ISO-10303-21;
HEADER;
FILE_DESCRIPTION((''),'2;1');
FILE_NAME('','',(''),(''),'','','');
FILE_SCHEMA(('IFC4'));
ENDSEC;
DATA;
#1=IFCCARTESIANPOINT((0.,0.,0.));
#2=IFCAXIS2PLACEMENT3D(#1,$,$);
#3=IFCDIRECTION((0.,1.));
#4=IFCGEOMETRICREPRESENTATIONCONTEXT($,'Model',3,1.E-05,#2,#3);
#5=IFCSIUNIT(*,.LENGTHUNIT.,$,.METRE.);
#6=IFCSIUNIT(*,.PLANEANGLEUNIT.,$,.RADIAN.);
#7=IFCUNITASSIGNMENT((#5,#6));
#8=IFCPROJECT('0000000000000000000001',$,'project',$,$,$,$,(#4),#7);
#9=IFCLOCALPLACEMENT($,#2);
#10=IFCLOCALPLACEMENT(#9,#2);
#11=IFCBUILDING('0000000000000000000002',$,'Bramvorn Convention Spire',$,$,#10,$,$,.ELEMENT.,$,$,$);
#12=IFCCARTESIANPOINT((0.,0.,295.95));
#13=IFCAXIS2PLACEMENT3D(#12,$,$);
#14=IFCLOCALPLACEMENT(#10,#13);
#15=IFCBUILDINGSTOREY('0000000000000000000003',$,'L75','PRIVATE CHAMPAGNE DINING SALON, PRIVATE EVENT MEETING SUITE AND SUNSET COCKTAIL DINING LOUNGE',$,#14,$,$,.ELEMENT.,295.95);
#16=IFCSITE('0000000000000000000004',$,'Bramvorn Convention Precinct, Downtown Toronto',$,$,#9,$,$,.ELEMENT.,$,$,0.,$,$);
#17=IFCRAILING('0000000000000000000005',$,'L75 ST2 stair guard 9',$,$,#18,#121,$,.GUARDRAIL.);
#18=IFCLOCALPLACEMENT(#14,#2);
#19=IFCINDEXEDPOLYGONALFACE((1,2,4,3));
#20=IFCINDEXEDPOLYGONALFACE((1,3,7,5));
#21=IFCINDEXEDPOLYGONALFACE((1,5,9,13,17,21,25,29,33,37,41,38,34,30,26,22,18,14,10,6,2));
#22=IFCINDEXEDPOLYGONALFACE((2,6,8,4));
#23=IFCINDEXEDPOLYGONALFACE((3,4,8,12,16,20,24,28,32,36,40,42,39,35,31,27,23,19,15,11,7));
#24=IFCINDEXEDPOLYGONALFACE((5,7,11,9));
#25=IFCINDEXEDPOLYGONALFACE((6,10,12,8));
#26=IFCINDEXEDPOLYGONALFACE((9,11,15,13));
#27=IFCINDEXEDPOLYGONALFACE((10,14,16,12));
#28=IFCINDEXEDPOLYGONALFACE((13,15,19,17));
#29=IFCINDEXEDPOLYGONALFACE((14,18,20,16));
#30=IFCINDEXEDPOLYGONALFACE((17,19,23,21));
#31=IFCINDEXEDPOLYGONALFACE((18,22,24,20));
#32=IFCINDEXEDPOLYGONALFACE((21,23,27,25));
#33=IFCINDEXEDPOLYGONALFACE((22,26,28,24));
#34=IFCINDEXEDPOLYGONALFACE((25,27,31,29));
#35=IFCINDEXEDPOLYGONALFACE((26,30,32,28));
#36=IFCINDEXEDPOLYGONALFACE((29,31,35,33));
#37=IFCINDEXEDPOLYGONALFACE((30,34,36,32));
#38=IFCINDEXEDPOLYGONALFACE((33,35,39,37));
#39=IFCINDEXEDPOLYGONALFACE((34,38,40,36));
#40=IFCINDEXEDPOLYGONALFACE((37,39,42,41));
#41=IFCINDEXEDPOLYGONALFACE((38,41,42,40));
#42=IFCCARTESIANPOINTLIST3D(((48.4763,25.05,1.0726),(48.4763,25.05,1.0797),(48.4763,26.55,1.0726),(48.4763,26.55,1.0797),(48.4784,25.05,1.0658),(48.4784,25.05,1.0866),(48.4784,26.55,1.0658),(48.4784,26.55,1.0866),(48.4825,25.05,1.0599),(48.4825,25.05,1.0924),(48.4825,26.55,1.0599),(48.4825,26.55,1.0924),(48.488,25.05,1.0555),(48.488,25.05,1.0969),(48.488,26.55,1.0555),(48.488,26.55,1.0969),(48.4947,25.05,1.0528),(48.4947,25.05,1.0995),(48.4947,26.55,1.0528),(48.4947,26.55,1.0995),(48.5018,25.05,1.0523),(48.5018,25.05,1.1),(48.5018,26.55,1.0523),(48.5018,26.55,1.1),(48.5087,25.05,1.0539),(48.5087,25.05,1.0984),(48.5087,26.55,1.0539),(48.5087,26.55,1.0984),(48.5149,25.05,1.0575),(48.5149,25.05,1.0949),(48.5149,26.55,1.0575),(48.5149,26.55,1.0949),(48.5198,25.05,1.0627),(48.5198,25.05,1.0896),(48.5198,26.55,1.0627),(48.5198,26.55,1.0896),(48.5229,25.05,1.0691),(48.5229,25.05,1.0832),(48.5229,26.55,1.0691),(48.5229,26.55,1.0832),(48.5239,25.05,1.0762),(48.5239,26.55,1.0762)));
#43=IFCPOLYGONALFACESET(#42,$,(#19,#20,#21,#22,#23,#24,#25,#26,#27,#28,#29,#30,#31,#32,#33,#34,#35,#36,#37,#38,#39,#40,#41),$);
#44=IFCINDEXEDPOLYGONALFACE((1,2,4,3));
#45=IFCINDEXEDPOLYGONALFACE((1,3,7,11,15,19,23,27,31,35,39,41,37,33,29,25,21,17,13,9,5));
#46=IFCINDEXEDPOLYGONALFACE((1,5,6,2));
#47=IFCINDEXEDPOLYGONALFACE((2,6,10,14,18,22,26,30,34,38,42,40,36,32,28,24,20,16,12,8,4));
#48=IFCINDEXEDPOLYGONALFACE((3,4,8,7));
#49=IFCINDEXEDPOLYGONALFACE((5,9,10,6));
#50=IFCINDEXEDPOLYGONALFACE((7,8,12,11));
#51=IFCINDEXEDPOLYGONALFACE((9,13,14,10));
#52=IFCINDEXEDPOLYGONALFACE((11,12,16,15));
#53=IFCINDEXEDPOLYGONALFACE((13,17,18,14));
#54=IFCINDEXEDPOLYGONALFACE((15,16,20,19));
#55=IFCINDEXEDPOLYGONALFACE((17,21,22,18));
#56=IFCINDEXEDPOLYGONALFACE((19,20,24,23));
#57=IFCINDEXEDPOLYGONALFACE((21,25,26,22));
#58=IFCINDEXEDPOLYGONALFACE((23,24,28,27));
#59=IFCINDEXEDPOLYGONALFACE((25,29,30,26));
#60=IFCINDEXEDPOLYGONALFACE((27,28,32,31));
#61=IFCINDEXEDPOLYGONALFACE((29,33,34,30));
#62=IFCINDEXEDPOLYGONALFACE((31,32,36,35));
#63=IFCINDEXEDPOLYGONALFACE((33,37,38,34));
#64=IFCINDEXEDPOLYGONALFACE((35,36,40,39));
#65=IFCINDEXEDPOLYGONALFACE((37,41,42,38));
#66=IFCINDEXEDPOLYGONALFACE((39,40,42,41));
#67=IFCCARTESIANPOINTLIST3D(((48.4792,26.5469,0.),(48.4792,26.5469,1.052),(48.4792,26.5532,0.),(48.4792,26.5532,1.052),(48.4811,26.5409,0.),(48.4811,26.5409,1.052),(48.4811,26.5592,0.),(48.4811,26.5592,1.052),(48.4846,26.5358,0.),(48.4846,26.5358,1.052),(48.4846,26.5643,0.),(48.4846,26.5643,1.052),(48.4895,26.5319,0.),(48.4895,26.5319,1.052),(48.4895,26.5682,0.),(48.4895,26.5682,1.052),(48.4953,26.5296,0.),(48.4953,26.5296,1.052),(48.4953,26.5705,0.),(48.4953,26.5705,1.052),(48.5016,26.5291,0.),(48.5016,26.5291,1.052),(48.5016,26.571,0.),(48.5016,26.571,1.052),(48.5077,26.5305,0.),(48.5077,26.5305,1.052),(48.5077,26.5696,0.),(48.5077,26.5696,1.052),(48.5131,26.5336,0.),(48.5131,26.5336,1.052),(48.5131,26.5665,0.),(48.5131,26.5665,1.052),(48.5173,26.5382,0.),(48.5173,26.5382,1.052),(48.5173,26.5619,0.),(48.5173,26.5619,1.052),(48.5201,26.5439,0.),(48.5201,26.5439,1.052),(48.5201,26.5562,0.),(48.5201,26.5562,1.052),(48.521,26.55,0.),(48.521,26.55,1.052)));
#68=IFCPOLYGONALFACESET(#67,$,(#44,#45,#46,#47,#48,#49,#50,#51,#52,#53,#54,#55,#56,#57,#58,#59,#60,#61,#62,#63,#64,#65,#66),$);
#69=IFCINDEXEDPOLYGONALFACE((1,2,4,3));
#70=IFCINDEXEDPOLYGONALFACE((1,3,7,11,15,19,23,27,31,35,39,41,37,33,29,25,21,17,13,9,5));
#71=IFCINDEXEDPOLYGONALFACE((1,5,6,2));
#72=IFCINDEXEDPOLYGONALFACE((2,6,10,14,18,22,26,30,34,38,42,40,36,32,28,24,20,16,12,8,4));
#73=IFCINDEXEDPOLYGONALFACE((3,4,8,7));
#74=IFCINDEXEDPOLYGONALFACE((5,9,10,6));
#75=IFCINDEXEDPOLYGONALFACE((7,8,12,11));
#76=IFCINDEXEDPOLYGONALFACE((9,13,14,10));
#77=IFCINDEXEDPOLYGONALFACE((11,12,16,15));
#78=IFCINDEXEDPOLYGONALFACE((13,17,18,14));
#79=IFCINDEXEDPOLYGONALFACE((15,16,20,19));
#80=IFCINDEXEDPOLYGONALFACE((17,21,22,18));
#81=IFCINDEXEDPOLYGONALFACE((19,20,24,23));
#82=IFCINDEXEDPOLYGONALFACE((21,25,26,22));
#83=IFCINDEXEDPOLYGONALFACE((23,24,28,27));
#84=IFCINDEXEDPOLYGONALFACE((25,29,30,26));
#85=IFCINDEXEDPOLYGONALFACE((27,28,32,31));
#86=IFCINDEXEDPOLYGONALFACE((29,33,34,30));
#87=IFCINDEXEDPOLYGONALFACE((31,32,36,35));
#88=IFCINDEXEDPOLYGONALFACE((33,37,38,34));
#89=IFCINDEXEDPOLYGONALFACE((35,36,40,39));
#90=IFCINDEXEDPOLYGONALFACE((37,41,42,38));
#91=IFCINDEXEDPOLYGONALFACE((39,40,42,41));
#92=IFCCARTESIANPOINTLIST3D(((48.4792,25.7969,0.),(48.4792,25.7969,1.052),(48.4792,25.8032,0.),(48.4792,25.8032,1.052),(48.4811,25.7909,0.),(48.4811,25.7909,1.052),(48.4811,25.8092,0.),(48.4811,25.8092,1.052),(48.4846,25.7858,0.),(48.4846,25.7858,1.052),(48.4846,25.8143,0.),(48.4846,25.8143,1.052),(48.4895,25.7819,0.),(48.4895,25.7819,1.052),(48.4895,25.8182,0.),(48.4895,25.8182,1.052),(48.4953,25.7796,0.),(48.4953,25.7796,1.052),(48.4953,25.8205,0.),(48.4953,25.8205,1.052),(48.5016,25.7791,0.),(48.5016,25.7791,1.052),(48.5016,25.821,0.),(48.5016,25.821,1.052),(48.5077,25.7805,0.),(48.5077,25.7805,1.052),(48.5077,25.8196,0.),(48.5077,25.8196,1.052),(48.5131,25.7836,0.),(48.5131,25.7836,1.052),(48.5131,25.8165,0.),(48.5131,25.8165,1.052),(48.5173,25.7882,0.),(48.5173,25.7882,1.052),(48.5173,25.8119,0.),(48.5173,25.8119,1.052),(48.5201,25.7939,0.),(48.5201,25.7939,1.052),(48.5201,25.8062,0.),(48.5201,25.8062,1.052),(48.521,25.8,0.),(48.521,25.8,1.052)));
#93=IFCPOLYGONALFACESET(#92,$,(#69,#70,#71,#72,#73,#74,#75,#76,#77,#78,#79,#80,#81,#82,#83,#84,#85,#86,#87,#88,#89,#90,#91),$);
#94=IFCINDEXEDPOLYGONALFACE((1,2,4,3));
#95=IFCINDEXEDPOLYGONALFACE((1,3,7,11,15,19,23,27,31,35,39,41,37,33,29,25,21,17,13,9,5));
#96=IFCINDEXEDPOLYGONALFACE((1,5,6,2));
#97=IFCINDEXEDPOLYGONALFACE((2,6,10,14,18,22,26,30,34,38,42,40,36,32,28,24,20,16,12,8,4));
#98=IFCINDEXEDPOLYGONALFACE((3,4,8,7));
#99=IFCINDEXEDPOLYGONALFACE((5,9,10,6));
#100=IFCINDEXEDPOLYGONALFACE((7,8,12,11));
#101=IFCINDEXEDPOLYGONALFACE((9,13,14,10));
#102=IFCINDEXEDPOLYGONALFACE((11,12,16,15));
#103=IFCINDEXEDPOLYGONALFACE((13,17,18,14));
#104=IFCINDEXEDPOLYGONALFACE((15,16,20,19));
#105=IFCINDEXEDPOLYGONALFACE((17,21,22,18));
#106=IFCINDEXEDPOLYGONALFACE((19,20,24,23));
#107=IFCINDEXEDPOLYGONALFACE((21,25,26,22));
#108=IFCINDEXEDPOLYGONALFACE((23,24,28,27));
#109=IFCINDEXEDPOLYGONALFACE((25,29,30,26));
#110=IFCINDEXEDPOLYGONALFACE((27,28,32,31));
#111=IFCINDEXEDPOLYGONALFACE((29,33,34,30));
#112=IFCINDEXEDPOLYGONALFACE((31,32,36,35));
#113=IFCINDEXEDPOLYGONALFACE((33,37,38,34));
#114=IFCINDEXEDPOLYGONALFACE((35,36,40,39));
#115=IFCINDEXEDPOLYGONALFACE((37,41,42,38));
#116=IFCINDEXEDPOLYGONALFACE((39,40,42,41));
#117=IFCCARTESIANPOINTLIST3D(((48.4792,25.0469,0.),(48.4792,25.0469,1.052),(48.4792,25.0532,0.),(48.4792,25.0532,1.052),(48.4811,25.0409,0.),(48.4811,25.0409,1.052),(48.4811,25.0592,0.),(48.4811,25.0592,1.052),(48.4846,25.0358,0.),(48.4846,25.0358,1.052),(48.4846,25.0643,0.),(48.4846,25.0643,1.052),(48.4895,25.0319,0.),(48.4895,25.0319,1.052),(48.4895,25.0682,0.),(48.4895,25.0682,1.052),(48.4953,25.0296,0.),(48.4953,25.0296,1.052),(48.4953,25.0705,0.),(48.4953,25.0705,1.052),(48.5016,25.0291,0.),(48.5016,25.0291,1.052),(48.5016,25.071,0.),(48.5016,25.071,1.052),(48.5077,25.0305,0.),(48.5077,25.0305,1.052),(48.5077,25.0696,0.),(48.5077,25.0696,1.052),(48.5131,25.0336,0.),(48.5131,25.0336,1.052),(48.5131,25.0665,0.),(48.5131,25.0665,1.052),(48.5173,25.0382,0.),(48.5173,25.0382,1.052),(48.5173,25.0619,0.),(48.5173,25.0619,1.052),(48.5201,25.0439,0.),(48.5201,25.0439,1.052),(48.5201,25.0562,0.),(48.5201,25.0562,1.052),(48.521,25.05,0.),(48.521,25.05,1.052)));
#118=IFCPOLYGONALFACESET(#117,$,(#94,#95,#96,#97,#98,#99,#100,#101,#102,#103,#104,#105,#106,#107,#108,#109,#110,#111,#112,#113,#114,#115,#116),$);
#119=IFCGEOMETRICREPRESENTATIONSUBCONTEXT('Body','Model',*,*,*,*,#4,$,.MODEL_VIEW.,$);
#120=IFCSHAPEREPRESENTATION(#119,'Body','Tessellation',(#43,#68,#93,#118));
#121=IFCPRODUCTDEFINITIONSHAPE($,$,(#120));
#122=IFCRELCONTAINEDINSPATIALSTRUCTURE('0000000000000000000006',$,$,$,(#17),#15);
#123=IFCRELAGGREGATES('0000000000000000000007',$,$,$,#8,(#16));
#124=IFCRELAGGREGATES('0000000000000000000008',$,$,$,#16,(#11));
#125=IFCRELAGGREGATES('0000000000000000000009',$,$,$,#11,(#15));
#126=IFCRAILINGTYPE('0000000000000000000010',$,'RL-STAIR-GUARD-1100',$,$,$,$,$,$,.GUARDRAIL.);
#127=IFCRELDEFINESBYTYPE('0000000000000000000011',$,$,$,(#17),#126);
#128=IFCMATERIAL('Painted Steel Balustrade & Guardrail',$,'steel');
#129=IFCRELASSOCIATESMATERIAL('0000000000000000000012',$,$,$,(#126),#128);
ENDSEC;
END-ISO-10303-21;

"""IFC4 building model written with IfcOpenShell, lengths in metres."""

from ifc_helpers import new_model, si_unit, direction, frame, origin, origin_2d, place, context, subcontext, project, spatial, circle, extrude, material, type_object, element, save


model = new_model("IFC4")

# Units and contexts
model_context = context("Model", 3, precision=1e-05, world=origin(), true_north=direction((0.0, 1.0)))
body_context = subcontext(model_context, "Body", "Model", "MODEL_VIEW")
ifc_project = project(units=[si_unit("LENGTHUNIT", "METRE"), si_unit("PLANEANGLEUNIT", "RADIAN")], contexts=[model_context])

# Site, building, storey
site_placement = place(None, origin())
site = spatial("IfcSite", under=ifc_project, at=site_placement, Name="Bramvorn Convention Precinct, Downtown Toronto", CompositionType="ELEMENT", RefElevation=0.0)
building_placement = place(site_placement, origin())
building = spatial("IfcBuilding", under=site, at=building_placement, Name="Bramvorn Convention Spire", CompositionType="ELEMENT")
storey_placement = place(building_placement, frame((0.0, 0.0, 295.95)))
storey = spatial("IfcBuildingStorey", under=building, at=storey_placement, Name="L75", Description="PRIVATE CHAMPAGNE DINING SALON, PRIVATE EVENT MEETING SUITE AND SUNSET COCKTAIL DINING LOUNGE", CompositionType="ELEMENT", Elevation=295.95)

# Railing
ifc_material_1 = material(Name="Painted Steel Balustrade & Guardrail", Category="steel")
railing_type_1 = type_object("IfcRailingType", Name="RL-STAIR-GUARD-1100", PredefinedType="GUARDRAIL", material=ifc_material_1)
for number, where, name in (
    (1, (48.5, 26.55, 0.0), "L75 ST2 stair guard 9"),
):
    element("IfcRailing", number, at=place(storey_placement, frame(where)), inside=storey, type_object=railing_type_1, Name=name, PredefinedType="GUARDRAIL", context=body_context, shape_type="SweptSolid", body=[
        extrude(circle(Radius=0.0239, at=origin_2d()), frame((0.0, 0.0, 1.0762), z_axis=(0.0, -1.0, 0.0), x_axis=(1.0, 0.0, 0.0)), (0.0, 0.0, 1.0), 1.5),
        extrude(circle(Radius=0.021, at=origin_2d()), origin(), (0.0, 0.0, 1.0), 1.052),
        extrude(circle(Radius=0.021, at=origin_2d()), frame((0.0, -0.75, 0.0)), (0.0, 0.0, 1.0), 1.052),
        extrude(circle(Radius=0.021, at=origin_2d()), frame((0.0, -1.5, 0.0)), (0.0, 0.0, 1.0), 1.052),
    ])

save(model, "model.ifc")
